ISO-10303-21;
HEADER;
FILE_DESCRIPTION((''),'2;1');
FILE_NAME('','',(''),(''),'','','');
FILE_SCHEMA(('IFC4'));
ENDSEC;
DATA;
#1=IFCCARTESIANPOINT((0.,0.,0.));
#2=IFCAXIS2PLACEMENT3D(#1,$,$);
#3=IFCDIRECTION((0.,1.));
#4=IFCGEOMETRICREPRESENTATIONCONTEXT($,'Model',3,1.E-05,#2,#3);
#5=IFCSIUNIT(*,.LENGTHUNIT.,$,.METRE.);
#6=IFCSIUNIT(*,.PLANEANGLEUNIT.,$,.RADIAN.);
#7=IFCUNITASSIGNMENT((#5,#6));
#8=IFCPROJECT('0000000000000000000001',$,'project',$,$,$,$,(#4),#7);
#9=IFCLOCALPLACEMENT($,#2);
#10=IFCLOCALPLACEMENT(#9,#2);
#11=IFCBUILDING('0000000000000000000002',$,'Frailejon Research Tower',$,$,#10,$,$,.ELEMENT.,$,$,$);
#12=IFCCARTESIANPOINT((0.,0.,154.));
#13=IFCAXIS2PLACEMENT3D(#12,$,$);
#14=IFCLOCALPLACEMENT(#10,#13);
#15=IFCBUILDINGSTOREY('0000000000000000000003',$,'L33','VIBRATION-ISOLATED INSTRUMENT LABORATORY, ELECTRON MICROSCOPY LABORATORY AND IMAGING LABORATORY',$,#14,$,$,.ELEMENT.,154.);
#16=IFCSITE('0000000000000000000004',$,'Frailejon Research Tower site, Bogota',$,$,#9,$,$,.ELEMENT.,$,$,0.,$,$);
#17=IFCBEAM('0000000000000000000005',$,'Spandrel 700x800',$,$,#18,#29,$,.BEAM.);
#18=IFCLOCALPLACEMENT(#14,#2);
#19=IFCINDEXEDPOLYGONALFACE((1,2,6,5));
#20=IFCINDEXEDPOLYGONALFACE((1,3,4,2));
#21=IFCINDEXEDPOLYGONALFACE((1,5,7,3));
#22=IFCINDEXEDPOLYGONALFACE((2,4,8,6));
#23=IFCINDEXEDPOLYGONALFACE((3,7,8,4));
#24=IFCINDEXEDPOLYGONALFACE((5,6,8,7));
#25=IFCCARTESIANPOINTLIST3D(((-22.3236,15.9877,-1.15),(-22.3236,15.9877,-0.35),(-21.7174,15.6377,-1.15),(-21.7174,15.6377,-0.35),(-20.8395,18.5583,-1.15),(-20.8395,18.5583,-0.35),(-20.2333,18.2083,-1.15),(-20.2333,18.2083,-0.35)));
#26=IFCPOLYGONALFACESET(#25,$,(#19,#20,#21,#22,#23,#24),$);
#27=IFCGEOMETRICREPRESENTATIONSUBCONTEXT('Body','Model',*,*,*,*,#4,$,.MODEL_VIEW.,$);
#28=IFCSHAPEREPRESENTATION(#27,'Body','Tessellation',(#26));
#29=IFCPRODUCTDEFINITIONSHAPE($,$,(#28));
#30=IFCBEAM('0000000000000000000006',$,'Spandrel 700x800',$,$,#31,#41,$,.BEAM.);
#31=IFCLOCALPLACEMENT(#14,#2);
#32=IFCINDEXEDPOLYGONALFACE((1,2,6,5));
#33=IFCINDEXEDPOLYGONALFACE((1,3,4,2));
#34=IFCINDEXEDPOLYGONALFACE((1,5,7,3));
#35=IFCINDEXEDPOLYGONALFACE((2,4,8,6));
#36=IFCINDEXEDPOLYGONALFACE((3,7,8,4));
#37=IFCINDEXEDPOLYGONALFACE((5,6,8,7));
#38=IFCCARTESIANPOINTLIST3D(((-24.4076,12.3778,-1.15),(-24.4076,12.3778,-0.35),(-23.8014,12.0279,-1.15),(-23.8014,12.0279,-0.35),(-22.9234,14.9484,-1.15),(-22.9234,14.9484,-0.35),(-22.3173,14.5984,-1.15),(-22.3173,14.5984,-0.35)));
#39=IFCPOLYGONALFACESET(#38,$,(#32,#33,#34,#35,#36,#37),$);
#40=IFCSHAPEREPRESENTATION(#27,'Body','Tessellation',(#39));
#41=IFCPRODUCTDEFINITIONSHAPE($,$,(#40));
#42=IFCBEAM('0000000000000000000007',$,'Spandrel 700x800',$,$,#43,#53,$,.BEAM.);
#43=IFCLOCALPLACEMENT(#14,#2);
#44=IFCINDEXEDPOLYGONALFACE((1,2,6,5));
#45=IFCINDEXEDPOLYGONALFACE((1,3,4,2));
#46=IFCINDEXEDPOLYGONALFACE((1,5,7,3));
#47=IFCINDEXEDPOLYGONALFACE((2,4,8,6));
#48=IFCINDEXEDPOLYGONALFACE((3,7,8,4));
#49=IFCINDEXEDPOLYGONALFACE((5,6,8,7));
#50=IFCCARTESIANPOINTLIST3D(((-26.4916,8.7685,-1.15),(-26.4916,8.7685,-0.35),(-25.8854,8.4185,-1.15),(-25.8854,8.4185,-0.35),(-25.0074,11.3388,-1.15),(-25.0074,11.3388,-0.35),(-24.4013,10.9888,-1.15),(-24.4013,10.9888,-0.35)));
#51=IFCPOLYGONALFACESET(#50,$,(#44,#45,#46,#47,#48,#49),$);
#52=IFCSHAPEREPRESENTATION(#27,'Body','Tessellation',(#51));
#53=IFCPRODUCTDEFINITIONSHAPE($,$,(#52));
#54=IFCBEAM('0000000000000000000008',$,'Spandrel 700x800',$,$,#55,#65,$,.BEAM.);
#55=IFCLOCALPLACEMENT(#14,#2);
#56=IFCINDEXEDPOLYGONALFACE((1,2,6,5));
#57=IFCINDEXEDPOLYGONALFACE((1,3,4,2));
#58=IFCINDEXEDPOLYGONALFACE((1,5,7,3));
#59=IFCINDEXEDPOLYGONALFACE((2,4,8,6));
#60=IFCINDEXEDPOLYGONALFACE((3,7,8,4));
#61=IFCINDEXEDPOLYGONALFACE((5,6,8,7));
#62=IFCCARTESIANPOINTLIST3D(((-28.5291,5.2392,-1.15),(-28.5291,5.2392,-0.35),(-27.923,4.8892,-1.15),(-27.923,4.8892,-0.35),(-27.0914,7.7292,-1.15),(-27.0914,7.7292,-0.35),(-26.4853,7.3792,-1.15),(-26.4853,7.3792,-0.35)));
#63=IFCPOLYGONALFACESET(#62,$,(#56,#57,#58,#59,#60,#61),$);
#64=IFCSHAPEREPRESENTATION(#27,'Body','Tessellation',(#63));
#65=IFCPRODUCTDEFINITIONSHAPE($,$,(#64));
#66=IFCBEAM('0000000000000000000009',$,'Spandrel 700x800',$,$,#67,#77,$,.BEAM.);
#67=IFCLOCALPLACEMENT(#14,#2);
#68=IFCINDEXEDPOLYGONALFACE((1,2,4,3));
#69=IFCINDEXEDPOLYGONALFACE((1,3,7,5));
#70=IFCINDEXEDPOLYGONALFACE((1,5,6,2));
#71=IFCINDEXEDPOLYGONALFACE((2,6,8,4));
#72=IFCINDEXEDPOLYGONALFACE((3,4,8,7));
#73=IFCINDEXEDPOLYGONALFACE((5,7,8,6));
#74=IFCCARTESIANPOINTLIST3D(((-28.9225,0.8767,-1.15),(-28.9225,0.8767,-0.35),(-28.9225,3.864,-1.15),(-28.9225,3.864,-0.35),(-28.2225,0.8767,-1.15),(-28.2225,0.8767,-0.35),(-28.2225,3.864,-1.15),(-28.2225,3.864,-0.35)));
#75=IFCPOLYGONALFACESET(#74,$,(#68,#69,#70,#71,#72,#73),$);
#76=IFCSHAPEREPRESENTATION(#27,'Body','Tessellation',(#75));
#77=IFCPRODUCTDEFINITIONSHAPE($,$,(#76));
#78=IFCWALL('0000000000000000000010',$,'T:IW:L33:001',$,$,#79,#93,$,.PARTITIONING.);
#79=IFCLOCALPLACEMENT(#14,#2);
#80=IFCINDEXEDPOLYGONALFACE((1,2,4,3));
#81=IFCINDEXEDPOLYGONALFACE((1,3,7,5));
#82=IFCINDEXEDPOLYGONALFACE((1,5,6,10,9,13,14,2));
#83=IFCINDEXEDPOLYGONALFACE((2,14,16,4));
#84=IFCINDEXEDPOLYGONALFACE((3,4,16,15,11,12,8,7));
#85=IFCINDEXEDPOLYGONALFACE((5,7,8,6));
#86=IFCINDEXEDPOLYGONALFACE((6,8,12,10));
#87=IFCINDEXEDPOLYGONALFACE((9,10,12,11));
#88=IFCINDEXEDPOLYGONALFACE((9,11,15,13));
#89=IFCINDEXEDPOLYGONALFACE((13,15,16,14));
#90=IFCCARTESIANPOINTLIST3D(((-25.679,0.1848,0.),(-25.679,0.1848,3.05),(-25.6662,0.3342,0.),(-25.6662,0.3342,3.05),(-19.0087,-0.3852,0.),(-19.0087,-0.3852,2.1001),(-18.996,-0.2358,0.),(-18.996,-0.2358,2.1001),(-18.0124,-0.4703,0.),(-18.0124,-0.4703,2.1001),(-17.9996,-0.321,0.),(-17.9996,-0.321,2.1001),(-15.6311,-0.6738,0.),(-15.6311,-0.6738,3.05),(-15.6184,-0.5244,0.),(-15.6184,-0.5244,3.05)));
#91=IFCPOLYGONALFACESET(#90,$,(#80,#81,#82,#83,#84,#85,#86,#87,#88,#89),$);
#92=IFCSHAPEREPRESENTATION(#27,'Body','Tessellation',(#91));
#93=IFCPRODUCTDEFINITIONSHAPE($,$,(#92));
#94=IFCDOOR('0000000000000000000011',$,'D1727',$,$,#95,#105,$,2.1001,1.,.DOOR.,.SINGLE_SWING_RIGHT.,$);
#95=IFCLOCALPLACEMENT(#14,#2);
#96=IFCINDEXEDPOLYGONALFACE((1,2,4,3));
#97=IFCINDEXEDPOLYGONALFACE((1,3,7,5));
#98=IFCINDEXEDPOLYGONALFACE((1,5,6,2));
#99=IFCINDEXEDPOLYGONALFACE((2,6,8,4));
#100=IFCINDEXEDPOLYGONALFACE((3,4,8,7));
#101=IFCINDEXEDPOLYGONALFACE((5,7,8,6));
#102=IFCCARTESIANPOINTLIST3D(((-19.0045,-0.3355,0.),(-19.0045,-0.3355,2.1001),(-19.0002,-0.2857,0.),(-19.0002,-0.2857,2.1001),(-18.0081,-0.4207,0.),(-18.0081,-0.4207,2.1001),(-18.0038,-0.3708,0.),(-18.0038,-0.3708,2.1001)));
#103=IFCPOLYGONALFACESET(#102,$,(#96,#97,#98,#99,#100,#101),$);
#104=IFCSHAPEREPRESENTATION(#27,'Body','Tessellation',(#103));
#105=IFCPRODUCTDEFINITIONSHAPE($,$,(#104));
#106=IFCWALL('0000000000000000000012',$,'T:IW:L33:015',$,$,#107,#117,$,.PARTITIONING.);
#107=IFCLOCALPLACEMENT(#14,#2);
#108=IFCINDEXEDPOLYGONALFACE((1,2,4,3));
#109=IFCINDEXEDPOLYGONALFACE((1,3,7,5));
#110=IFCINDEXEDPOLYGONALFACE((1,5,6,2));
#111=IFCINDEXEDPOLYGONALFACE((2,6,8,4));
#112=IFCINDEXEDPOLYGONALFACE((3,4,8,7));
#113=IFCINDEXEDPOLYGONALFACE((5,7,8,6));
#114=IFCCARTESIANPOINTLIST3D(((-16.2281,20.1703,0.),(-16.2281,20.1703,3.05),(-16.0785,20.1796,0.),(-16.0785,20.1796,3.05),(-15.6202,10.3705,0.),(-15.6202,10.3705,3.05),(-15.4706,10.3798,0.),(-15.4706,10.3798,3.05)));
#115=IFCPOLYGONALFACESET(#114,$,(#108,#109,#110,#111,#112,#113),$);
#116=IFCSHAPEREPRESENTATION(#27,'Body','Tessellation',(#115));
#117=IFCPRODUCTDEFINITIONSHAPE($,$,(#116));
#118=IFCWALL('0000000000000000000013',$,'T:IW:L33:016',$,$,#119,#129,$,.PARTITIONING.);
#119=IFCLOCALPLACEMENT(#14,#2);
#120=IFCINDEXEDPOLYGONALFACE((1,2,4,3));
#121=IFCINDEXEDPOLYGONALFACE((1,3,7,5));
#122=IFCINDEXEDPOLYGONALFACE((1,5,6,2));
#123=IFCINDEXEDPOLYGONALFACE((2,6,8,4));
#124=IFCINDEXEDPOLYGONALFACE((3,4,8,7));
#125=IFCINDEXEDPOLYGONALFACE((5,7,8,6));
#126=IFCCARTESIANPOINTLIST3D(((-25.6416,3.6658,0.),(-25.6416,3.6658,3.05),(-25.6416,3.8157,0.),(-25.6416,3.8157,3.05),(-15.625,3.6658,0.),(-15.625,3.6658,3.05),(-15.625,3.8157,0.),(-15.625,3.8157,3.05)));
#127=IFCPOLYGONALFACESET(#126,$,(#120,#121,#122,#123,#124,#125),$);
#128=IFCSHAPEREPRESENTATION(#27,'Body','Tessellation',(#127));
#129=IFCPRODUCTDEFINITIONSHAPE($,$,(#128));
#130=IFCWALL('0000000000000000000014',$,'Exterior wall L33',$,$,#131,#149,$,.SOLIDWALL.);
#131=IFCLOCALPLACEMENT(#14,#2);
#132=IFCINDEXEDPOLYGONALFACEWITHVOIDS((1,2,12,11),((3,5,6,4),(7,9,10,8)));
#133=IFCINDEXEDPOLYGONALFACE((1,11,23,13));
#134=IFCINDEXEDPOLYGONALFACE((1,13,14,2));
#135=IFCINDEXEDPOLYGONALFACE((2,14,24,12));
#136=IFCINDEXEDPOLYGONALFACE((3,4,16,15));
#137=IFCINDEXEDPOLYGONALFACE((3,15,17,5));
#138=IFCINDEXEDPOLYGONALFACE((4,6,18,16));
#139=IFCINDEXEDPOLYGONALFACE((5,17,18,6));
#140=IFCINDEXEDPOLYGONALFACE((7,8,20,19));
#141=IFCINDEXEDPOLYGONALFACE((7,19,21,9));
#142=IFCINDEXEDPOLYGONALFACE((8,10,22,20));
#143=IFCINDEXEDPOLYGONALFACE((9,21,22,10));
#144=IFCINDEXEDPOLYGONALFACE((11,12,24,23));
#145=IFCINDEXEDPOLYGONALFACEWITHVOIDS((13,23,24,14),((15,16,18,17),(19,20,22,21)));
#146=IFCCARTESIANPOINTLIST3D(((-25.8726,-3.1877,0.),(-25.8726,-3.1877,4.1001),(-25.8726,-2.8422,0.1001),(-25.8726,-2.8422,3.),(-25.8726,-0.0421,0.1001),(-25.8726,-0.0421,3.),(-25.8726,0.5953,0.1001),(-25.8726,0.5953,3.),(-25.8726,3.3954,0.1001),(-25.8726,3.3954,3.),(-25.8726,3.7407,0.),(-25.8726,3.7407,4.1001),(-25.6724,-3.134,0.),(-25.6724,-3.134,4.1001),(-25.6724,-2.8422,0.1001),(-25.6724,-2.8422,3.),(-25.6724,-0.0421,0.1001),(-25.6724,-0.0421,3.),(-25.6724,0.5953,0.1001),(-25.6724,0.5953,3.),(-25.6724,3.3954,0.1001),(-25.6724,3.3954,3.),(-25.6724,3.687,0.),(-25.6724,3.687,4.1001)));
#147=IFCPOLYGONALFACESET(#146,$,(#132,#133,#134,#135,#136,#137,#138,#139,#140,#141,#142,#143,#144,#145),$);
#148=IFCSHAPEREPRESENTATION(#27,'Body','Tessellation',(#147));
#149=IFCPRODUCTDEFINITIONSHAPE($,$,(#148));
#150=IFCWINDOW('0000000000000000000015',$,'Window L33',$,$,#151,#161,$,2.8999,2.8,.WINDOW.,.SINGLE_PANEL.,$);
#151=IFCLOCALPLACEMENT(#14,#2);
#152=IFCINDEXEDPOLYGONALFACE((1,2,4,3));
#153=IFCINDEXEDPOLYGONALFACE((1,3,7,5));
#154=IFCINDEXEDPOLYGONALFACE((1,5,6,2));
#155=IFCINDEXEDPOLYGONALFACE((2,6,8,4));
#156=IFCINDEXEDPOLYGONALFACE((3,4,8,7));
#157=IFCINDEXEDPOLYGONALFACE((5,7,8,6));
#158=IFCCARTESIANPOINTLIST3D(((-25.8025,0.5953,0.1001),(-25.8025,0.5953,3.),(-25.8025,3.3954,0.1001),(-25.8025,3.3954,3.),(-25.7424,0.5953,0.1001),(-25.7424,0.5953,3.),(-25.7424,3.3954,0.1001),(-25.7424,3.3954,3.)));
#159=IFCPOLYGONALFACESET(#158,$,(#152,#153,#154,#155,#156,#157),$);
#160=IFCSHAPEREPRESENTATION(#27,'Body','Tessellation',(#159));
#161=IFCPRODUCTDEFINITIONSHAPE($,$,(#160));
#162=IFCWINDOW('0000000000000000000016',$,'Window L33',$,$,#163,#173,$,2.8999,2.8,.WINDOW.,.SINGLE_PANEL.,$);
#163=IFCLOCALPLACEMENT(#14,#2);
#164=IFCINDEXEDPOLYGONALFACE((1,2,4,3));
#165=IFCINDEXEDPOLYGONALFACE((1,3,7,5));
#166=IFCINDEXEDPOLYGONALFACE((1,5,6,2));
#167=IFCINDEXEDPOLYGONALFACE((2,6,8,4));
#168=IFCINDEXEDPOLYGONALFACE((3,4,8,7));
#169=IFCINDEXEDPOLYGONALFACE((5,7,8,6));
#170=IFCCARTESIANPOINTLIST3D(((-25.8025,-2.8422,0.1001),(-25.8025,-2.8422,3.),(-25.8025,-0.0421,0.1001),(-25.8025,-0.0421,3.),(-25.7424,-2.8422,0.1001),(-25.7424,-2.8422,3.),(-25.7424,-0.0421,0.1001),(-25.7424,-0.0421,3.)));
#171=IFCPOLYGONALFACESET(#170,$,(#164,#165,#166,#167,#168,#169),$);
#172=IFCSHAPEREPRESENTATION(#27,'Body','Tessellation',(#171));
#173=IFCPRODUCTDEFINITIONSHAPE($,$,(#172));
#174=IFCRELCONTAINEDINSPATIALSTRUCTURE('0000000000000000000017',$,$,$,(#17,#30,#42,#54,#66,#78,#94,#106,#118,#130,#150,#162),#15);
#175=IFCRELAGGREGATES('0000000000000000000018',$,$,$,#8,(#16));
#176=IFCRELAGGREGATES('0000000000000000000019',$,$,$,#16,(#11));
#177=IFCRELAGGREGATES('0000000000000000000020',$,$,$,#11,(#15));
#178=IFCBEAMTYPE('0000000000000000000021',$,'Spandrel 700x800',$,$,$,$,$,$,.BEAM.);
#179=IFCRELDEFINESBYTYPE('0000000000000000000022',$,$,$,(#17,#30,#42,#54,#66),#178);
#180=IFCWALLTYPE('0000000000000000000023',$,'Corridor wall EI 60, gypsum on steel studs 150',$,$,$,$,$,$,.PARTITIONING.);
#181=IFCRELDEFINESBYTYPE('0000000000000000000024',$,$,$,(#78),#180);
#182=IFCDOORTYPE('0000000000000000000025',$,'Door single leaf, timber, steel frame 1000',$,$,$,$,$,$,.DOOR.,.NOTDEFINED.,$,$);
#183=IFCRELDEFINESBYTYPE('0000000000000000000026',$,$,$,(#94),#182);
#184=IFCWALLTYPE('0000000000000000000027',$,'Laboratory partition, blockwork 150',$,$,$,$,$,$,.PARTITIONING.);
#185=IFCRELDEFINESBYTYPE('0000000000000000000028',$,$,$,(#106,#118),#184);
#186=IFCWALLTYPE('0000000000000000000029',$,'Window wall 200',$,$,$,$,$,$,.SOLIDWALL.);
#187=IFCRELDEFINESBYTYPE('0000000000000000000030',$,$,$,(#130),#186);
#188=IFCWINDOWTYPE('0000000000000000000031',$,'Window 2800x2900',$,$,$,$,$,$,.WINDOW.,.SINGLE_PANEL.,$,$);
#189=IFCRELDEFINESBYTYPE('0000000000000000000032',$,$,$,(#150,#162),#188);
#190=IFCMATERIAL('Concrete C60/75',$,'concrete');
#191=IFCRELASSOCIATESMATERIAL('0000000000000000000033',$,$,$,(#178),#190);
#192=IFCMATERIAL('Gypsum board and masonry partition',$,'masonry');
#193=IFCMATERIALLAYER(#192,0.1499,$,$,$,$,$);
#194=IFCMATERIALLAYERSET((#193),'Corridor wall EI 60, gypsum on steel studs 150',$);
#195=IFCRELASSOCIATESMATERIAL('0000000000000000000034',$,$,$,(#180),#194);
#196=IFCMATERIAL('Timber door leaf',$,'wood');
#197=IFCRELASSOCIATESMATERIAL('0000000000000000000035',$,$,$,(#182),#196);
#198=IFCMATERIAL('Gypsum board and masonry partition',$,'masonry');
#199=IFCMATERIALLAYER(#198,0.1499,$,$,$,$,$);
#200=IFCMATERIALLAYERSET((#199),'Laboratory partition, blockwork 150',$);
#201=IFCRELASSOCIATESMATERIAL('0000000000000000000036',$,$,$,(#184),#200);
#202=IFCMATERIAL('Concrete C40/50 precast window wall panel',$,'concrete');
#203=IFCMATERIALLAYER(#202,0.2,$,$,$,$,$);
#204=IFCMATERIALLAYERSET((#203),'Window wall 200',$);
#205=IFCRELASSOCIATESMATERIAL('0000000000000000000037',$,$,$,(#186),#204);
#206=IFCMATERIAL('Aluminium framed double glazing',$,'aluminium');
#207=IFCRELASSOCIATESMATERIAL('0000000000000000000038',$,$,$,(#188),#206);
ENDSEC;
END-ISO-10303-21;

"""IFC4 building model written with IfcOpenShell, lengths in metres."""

from ifc_helpers import new_model, si_unit, direction, frame, frame_2d, origin, origin_2d, place, context, subcontext, project, spatial, polyline, rectangle, outline, extrude, material, layer, layer_set, material_profile, profile_set, type_object, element, fill, save


model = new_model("IFC4")

# Units and contexts
model_context = context("Model", 3, precision=1e-05, world=origin(), true_north=direction((0.0, 1.0)))
body_context = subcontext(model_context, "Body", "Model", "MODEL_VIEW")
ifc_project = project(units=[si_unit("LENGTHUNIT", "METRE"), si_unit("PLANEANGLEUNIT", "RADIAN")], contexts=[model_context])

# Site, building, storey
site_placement = place(None, origin())
site = spatial("IfcSite", under=ifc_project, at=site_placement, Name="Frailejon Research Tower site, Bogota", CompositionType="ELEMENT", RefElevation=0.0)
building_placement = place(site_placement, origin())
building = spatial("IfcBuilding", under=site, at=building_placement, Name="Frailejon Research Tower", CompositionType="ELEMENT")
storey_placement = place(building_placement, frame((0.0, 0.0, 154.0)))
storey = spatial("IfcBuildingStorey", under=building, at=storey_placement, Name="L33", Description="VIBRATION-ISOLATED INSTRUMENT LABORATORY, ELECTRON MICROSCOPY LABORATORY AND IMAGING LABORATORY", CompositionType="ELEMENT", Elevation=154.0)

# Beams
ifc_material_1 = material(Name="Concrete C60/75", Category="concrete")
ifc_material_profile_1 = material_profile(ifc_material_1, rectangle(XDim=0.7, YDim=0.8, at=origin_2d()), Name="Spandrel 700x800")
ifc_profile_set_1 = profile_set([ifc_material_profile_1], Name="Concrete C60/75")
beam_type_1 = type_object("IfcBeamType", Name="Spandrel 700x800", PredefinedType="BEAM", material=ifc_profile_set_1)
for number, where, z_axis, x_axis, name in (
    (1, (-20.5364, 18.3833, -0.75), (-0.500005, -0.866023, 0.0), (0.866023, -0.500005, 0.0), "Spandrel 700x800"),
    (2, (-22.6204, 14.7734, -0.75), (-0.500005, -0.866023, 0.0), (0.866023, -0.500005, 0.0), "Spandrel 700x800"),
):
    element("IfcBeam", number, at=place(storey_placement, frame(where, z_axis=z_axis, x_axis=x_axis)), inside=storey, type_object=beam_type_1, Name=name, PredefinedType="BEAM", context=body_context, shape_type="SweptSolid", body=[
        extrude(rectangle(XDim=0.7, YDim=0.8, at=origin_2d()), origin(), (0.0, 0.0, 1.0), 2.9683),
    ])
beam_1_placement = place(storey_placement, frame((-24.7043, 11.1638, -0.75), z_axis=(-0.50004, -0.866002, 0.0), x_axis=(0.866002, -0.50004, 0.0)))
element("IfcBeam", 3, at=beam_1_placement, inside=storey, type_object=beam_type_1, Name="Spandrel 700x800", PredefinedType="BEAM", context=body_context, shape_type="SweptSolid", body=[
    extrude(rectangle(XDim=0.7, YDim=0.8, at=origin_2d()), origin(), (0.0, 0.0, 1.0), 2.968),
])
beam_2_placement = place(storey_placement, frame((-26.7883, 7.5542, -0.75), z_axis=(-0.500039, -0.866003, 0.0), x_axis=(0.866003, -0.500039, 0.0)))
element("IfcBeam", 4, at=beam_2_placement, inside=storey, type_object=beam_type_1, Name="Spandrel 700x800", PredefinedType="BEAM", context=body_context, shape_type="SweptSolid", body=[
    extrude(rectangle(XDim=0.7, YDim=0.8, at=origin_2d()), origin(), (0.0, 0.0, 1.0), 2.8752),
])
beam_3_placement = place(storey_placement, frame((-28.5725, 3.864, -0.75), z_axis=(0.0, -1.0, 0.0), x_axis=(1.0, 0.0, 0.0)))
element("IfcBeam", 5, at=beam_3_placement, inside=storey, type_object=beam_type_1, Name="Spandrel 700x800", PredefinedType="BEAM", context=body_context, shape_type="SweptSolid", body=[
    extrude(rectangle(XDim=0.7, YDim=0.8, at=origin_2d()), origin(), (0.0, 0.0, 1.0), 2.9873),
])

# Wall, opening, door
ifc_material_2 = material(Name="Gypsum board and masonry partition", Category="masonry")
ifc_layer_1 = layer(ifc_material_2, 0.1499)
ifc_layer_set_1 = layer_set([ifc_layer_1], Name="Corridor wall EI 60, gypsum on steel studs 150")
wall_type_1 = type_object("IfcWallType", Name="Corridor wall EI 60, gypsum on steel studs 150", PredefinedType="PARTITIONING", material=ifc_layer_set_1)
wall_1_placement = place(storey_placement, frame((-25.6726, 0.2595, 0.0), z_axis=(0.0, 0.0, 1.0), x_axis=(0.996369, -0.085145, 0.0)))
wall_1 = element("IfcWall", 6, at=wall_1_placement, inside=storey, type_object=wall_type_1, Name="T:IW:L33:001", PredefinedType="PARTITIONING", context=body_context, shape_type="SweptSolid", body=[
    extrude(rectangle(XDim=10.0845, YDim=0.1499, at=frame_2d((5.0422, 0.0))), origin(), (0.0, 0.0, 1.0), 3.05),
])
opening_1_placement = place(wall_1_placement, frame((6.6946, 0.0, 0.0)))
opening_1 = element("IfcOpeningElement", 7, at=opening_1_placement, cuts=wall_1, PredefinedType="OPENING", context=body_context, shape_type="SweptSolid", body=[
    extrude(rectangle(XDim=1.0, YDim=2.1001, at=frame_2d((0.5, 1.05))), frame((0.0, 0.085, 0.0), z_axis=(0.0, -1.0, 0.0), x_axis=(1.0, 0.0, 0.0)), (0.0, 0.0, 1.0), 0.1699),
])
ifc_material_3 = material(Name="Timber door leaf", Category="wood")
door_type = type_object("IfcDoorType", Name="Door single leaf, timber, steel frame 1000", OperationType="NOTDEFINED", PredefinedType="DOOR", material=ifc_material_3)
door_placement = place(opening_1_placement, origin())
door = element("IfcDoor", 8, at=door_placement, inside=storey, type_object=door_type, Name="D1727", OperationType="SINGLE_SWING_RIGHT", OverallHeight=2.1001, OverallWidth=1.0, PredefinedType="DOOR", context=body_context, shape_type="SweptSolid", body=[
    extrude(rectangle(XDim=1.0, YDim=2.1001, at=frame_2d((0.5, 1.05))), frame((0.0, 0.0249, 0.0), z_axis=(0.0, -1.0, 0.0), x_axis=(1.0, 0.0, 0.0)), (0.0, 0.0, 1.0), 0.05),
])
fill(opening_1, door)

# Walls
ifc_material_4 = material(Name="Gypsum board and masonry partition", Category="masonry")
ifc_layer_2 = layer(ifc_material_4, 0.1499)
ifc_layer_set_2 = layer_set([ifc_layer_2], Name="Laboratory partition, blockwork 150")
wall_type_2 = type_object("IfcWallType", Name="Laboratory partition, blockwork 150", PredefinedType="PARTITIONING", material=ifc_layer_set_2)
wall_2_placement = place(storey_placement, frame((-16.1533, 20.1748, 0.0), z_axis=(0.0, 0.0, 1.0), x_axis=(0.061914, -0.998081, 0.0)))
element("IfcWall", 9, at=wall_2_placement, inside=storey, type_object=wall_type_2, Name="T:IW:L33:015", PredefinedType="PARTITIONING", context=body_context, shape_type="SweptSolid", body=[
    extrude(rectangle(XDim=9.8186, YDim=0.1499, at=frame_2d((4.9092, 0.0))), origin(), (0.0, 0.0, 1.0), 3.05),
])
wall_3_placement = place(storey_placement, frame((-25.6416, 3.7407, 0.0), z_axis=(0.0, 0.0, 1.0), x_axis=(1.0, 0.0, 0.0)))
element("IfcWall", 10, at=wall_3_placement, inside=storey, type_object=wall_type_2, Name="T:IW:L33:016", PredefinedType="PARTITIONING", context=body_context, shape_type="SweptSolid", body=[
    extrude(rectangle(XDim=10.0166, YDim=0.1499, at=frame_2d((5.0083, 0.0))), origin(), (0.0, 0.0, 1.0), 3.05),
])

# Wall, openings, windows
ifc_material_5 = material(Name="Concrete C40/50 precast window wall panel", Category="concrete")
ifc_layer_3 = layer(ifc_material_5, 0.2)
ifc_layer_set_3 = layer_set([ifc_layer_3], Name="Window wall 200")
wall_type_3 = type_object("IfcWallType", Name="Window wall 200", PredefinedType="SOLIDWALL", material=ifc_layer_set_3)
wall_4_placement = place(storey_placement, frame((-25.7725, 3.7139, 0.0), z_axis=(0.0, 0.0, 1.0), x_axis=(0.0, -1.0, 0.0)))
wall_4 = element("IfcWall", 11, at=wall_4_placement, inside=storey, type_object=wall_type_3, Name="Exterior wall L33", PredefinedType="SOLIDWALL", context=body_context, shape_type="SweptSolid", body=[
    extrude(outline(polyline([(-0.0269, -0.1001), (1.1279, -0.1001), (2.2827, -0.1001), (3.4375, -0.1001), (4.592, -0.1001), (5.7468, -0.1001), (6.9016, -0.1001), (6.8479, 0.1001), (5.7109, 0.1001), (4.5742, 0.1001), (3.4375, 0.1001), (2.3005, 0.1001), (1.1636, 0.1001), (0.0269, 0.1001), (-0.0269, -0.1001)])), origin(), (0.0, 0.0, 1.0), 4.1001),
])
opening_2_placement = place(wall_4_placement, frame((0.3186, 0.0, 0.1001)))
opening_2 = element("IfcOpeningElement", 12, at=opening_2_placement, cuts=wall_4, PredefinedType="OPENING", context=body_context, shape_type="SweptSolid", body=[
    extrude(rectangle(XDim=2.8, YDim=2.8999, at=frame_2d((1.3999, 1.45))), frame((0.0, 0.1099, 0.0), z_axis=(0.0, -1.0, 0.0), x_axis=(1.0, 0.0, 0.0)), (0.0, 0.0, 1.0), 0.22),
])
opening_3_placement = place(wall_4_placement, frame((3.7561, 0.0, 0.1001)))
opening_3 = element("IfcOpeningElement", 13, at=opening_3_placement, cuts=wall_4, PredefinedType="OPENING", context=body_context, shape_type="SweptSolid", body=[
    extrude(rectangle(XDim=2.8, YDim=2.8999, at=frame_2d((1.3999, 1.45))), frame((0.0, 0.1099, 0.0), z_axis=(0.0, -1.0, 0.0), x_axis=(1.0, 0.0, 0.0)), (0.0, 0.0, 1.0), 0.22),
])
ifc_material_6 = material(Name="Aluminium framed double glazing", Category="aluminium")
window_type = type_object("IfcWindowType", Name="Window 2800x2900", PartitioningType="SINGLE_PANEL", PredefinedType="WINDOW", material=ifc_material_6)
window_1_placement = place(opening_2_placement, origin())
window_1 = element("IfcWindow", 14, at=window_1_placement, inside=storey, type_object=window_type, Name="Window L33", OverallHeight=2.8999, OverallWidth=2.8, PartitioningType="SINGLE_PANEL", PredefinedType="WINDOW", context=body_context, shape_type="SweptSolid", body=[
    extrude(rectangle(XDim=2.8, YDim=2.8999, at=frame_2d((1.3999, 1.45))), frame((0.0, 0.03, 0.0), z_axis=(0.0, -1.0, 0.0), x_axis=(1.0, 0.0, 0.0)), (0.0, 0.0, 1.0), 0.0601),
])
fill(opening_2, window_1)
window_2_placement = place(opening_3_placement, origin())
window_2 = element("IfcWindow", 15, at=window_2_placement, inside=storey, type_object=window_type, Name="Window L33", OverallHeight=2.8999, OverallWidth=2.8, PartitioningType="SINGLE_PANEL", PredefinedType="WINDOW", context=body_context, shape_type="SweptSolid", body=[
    extrude(rectangle(XDim=2.8, YDim=2.8999, at=frame_2d((1.3999, 1.45))), frame((0.0, 0.03, 0.0), z_axis=(0.0, -1.0, 0.0), x_axis=(1.0, 0.0, 0.0)), (0.0, 0.0, 1.0), 0.0601),
])
fill(opening_3, window_2)

save(model, "model.ifc")
